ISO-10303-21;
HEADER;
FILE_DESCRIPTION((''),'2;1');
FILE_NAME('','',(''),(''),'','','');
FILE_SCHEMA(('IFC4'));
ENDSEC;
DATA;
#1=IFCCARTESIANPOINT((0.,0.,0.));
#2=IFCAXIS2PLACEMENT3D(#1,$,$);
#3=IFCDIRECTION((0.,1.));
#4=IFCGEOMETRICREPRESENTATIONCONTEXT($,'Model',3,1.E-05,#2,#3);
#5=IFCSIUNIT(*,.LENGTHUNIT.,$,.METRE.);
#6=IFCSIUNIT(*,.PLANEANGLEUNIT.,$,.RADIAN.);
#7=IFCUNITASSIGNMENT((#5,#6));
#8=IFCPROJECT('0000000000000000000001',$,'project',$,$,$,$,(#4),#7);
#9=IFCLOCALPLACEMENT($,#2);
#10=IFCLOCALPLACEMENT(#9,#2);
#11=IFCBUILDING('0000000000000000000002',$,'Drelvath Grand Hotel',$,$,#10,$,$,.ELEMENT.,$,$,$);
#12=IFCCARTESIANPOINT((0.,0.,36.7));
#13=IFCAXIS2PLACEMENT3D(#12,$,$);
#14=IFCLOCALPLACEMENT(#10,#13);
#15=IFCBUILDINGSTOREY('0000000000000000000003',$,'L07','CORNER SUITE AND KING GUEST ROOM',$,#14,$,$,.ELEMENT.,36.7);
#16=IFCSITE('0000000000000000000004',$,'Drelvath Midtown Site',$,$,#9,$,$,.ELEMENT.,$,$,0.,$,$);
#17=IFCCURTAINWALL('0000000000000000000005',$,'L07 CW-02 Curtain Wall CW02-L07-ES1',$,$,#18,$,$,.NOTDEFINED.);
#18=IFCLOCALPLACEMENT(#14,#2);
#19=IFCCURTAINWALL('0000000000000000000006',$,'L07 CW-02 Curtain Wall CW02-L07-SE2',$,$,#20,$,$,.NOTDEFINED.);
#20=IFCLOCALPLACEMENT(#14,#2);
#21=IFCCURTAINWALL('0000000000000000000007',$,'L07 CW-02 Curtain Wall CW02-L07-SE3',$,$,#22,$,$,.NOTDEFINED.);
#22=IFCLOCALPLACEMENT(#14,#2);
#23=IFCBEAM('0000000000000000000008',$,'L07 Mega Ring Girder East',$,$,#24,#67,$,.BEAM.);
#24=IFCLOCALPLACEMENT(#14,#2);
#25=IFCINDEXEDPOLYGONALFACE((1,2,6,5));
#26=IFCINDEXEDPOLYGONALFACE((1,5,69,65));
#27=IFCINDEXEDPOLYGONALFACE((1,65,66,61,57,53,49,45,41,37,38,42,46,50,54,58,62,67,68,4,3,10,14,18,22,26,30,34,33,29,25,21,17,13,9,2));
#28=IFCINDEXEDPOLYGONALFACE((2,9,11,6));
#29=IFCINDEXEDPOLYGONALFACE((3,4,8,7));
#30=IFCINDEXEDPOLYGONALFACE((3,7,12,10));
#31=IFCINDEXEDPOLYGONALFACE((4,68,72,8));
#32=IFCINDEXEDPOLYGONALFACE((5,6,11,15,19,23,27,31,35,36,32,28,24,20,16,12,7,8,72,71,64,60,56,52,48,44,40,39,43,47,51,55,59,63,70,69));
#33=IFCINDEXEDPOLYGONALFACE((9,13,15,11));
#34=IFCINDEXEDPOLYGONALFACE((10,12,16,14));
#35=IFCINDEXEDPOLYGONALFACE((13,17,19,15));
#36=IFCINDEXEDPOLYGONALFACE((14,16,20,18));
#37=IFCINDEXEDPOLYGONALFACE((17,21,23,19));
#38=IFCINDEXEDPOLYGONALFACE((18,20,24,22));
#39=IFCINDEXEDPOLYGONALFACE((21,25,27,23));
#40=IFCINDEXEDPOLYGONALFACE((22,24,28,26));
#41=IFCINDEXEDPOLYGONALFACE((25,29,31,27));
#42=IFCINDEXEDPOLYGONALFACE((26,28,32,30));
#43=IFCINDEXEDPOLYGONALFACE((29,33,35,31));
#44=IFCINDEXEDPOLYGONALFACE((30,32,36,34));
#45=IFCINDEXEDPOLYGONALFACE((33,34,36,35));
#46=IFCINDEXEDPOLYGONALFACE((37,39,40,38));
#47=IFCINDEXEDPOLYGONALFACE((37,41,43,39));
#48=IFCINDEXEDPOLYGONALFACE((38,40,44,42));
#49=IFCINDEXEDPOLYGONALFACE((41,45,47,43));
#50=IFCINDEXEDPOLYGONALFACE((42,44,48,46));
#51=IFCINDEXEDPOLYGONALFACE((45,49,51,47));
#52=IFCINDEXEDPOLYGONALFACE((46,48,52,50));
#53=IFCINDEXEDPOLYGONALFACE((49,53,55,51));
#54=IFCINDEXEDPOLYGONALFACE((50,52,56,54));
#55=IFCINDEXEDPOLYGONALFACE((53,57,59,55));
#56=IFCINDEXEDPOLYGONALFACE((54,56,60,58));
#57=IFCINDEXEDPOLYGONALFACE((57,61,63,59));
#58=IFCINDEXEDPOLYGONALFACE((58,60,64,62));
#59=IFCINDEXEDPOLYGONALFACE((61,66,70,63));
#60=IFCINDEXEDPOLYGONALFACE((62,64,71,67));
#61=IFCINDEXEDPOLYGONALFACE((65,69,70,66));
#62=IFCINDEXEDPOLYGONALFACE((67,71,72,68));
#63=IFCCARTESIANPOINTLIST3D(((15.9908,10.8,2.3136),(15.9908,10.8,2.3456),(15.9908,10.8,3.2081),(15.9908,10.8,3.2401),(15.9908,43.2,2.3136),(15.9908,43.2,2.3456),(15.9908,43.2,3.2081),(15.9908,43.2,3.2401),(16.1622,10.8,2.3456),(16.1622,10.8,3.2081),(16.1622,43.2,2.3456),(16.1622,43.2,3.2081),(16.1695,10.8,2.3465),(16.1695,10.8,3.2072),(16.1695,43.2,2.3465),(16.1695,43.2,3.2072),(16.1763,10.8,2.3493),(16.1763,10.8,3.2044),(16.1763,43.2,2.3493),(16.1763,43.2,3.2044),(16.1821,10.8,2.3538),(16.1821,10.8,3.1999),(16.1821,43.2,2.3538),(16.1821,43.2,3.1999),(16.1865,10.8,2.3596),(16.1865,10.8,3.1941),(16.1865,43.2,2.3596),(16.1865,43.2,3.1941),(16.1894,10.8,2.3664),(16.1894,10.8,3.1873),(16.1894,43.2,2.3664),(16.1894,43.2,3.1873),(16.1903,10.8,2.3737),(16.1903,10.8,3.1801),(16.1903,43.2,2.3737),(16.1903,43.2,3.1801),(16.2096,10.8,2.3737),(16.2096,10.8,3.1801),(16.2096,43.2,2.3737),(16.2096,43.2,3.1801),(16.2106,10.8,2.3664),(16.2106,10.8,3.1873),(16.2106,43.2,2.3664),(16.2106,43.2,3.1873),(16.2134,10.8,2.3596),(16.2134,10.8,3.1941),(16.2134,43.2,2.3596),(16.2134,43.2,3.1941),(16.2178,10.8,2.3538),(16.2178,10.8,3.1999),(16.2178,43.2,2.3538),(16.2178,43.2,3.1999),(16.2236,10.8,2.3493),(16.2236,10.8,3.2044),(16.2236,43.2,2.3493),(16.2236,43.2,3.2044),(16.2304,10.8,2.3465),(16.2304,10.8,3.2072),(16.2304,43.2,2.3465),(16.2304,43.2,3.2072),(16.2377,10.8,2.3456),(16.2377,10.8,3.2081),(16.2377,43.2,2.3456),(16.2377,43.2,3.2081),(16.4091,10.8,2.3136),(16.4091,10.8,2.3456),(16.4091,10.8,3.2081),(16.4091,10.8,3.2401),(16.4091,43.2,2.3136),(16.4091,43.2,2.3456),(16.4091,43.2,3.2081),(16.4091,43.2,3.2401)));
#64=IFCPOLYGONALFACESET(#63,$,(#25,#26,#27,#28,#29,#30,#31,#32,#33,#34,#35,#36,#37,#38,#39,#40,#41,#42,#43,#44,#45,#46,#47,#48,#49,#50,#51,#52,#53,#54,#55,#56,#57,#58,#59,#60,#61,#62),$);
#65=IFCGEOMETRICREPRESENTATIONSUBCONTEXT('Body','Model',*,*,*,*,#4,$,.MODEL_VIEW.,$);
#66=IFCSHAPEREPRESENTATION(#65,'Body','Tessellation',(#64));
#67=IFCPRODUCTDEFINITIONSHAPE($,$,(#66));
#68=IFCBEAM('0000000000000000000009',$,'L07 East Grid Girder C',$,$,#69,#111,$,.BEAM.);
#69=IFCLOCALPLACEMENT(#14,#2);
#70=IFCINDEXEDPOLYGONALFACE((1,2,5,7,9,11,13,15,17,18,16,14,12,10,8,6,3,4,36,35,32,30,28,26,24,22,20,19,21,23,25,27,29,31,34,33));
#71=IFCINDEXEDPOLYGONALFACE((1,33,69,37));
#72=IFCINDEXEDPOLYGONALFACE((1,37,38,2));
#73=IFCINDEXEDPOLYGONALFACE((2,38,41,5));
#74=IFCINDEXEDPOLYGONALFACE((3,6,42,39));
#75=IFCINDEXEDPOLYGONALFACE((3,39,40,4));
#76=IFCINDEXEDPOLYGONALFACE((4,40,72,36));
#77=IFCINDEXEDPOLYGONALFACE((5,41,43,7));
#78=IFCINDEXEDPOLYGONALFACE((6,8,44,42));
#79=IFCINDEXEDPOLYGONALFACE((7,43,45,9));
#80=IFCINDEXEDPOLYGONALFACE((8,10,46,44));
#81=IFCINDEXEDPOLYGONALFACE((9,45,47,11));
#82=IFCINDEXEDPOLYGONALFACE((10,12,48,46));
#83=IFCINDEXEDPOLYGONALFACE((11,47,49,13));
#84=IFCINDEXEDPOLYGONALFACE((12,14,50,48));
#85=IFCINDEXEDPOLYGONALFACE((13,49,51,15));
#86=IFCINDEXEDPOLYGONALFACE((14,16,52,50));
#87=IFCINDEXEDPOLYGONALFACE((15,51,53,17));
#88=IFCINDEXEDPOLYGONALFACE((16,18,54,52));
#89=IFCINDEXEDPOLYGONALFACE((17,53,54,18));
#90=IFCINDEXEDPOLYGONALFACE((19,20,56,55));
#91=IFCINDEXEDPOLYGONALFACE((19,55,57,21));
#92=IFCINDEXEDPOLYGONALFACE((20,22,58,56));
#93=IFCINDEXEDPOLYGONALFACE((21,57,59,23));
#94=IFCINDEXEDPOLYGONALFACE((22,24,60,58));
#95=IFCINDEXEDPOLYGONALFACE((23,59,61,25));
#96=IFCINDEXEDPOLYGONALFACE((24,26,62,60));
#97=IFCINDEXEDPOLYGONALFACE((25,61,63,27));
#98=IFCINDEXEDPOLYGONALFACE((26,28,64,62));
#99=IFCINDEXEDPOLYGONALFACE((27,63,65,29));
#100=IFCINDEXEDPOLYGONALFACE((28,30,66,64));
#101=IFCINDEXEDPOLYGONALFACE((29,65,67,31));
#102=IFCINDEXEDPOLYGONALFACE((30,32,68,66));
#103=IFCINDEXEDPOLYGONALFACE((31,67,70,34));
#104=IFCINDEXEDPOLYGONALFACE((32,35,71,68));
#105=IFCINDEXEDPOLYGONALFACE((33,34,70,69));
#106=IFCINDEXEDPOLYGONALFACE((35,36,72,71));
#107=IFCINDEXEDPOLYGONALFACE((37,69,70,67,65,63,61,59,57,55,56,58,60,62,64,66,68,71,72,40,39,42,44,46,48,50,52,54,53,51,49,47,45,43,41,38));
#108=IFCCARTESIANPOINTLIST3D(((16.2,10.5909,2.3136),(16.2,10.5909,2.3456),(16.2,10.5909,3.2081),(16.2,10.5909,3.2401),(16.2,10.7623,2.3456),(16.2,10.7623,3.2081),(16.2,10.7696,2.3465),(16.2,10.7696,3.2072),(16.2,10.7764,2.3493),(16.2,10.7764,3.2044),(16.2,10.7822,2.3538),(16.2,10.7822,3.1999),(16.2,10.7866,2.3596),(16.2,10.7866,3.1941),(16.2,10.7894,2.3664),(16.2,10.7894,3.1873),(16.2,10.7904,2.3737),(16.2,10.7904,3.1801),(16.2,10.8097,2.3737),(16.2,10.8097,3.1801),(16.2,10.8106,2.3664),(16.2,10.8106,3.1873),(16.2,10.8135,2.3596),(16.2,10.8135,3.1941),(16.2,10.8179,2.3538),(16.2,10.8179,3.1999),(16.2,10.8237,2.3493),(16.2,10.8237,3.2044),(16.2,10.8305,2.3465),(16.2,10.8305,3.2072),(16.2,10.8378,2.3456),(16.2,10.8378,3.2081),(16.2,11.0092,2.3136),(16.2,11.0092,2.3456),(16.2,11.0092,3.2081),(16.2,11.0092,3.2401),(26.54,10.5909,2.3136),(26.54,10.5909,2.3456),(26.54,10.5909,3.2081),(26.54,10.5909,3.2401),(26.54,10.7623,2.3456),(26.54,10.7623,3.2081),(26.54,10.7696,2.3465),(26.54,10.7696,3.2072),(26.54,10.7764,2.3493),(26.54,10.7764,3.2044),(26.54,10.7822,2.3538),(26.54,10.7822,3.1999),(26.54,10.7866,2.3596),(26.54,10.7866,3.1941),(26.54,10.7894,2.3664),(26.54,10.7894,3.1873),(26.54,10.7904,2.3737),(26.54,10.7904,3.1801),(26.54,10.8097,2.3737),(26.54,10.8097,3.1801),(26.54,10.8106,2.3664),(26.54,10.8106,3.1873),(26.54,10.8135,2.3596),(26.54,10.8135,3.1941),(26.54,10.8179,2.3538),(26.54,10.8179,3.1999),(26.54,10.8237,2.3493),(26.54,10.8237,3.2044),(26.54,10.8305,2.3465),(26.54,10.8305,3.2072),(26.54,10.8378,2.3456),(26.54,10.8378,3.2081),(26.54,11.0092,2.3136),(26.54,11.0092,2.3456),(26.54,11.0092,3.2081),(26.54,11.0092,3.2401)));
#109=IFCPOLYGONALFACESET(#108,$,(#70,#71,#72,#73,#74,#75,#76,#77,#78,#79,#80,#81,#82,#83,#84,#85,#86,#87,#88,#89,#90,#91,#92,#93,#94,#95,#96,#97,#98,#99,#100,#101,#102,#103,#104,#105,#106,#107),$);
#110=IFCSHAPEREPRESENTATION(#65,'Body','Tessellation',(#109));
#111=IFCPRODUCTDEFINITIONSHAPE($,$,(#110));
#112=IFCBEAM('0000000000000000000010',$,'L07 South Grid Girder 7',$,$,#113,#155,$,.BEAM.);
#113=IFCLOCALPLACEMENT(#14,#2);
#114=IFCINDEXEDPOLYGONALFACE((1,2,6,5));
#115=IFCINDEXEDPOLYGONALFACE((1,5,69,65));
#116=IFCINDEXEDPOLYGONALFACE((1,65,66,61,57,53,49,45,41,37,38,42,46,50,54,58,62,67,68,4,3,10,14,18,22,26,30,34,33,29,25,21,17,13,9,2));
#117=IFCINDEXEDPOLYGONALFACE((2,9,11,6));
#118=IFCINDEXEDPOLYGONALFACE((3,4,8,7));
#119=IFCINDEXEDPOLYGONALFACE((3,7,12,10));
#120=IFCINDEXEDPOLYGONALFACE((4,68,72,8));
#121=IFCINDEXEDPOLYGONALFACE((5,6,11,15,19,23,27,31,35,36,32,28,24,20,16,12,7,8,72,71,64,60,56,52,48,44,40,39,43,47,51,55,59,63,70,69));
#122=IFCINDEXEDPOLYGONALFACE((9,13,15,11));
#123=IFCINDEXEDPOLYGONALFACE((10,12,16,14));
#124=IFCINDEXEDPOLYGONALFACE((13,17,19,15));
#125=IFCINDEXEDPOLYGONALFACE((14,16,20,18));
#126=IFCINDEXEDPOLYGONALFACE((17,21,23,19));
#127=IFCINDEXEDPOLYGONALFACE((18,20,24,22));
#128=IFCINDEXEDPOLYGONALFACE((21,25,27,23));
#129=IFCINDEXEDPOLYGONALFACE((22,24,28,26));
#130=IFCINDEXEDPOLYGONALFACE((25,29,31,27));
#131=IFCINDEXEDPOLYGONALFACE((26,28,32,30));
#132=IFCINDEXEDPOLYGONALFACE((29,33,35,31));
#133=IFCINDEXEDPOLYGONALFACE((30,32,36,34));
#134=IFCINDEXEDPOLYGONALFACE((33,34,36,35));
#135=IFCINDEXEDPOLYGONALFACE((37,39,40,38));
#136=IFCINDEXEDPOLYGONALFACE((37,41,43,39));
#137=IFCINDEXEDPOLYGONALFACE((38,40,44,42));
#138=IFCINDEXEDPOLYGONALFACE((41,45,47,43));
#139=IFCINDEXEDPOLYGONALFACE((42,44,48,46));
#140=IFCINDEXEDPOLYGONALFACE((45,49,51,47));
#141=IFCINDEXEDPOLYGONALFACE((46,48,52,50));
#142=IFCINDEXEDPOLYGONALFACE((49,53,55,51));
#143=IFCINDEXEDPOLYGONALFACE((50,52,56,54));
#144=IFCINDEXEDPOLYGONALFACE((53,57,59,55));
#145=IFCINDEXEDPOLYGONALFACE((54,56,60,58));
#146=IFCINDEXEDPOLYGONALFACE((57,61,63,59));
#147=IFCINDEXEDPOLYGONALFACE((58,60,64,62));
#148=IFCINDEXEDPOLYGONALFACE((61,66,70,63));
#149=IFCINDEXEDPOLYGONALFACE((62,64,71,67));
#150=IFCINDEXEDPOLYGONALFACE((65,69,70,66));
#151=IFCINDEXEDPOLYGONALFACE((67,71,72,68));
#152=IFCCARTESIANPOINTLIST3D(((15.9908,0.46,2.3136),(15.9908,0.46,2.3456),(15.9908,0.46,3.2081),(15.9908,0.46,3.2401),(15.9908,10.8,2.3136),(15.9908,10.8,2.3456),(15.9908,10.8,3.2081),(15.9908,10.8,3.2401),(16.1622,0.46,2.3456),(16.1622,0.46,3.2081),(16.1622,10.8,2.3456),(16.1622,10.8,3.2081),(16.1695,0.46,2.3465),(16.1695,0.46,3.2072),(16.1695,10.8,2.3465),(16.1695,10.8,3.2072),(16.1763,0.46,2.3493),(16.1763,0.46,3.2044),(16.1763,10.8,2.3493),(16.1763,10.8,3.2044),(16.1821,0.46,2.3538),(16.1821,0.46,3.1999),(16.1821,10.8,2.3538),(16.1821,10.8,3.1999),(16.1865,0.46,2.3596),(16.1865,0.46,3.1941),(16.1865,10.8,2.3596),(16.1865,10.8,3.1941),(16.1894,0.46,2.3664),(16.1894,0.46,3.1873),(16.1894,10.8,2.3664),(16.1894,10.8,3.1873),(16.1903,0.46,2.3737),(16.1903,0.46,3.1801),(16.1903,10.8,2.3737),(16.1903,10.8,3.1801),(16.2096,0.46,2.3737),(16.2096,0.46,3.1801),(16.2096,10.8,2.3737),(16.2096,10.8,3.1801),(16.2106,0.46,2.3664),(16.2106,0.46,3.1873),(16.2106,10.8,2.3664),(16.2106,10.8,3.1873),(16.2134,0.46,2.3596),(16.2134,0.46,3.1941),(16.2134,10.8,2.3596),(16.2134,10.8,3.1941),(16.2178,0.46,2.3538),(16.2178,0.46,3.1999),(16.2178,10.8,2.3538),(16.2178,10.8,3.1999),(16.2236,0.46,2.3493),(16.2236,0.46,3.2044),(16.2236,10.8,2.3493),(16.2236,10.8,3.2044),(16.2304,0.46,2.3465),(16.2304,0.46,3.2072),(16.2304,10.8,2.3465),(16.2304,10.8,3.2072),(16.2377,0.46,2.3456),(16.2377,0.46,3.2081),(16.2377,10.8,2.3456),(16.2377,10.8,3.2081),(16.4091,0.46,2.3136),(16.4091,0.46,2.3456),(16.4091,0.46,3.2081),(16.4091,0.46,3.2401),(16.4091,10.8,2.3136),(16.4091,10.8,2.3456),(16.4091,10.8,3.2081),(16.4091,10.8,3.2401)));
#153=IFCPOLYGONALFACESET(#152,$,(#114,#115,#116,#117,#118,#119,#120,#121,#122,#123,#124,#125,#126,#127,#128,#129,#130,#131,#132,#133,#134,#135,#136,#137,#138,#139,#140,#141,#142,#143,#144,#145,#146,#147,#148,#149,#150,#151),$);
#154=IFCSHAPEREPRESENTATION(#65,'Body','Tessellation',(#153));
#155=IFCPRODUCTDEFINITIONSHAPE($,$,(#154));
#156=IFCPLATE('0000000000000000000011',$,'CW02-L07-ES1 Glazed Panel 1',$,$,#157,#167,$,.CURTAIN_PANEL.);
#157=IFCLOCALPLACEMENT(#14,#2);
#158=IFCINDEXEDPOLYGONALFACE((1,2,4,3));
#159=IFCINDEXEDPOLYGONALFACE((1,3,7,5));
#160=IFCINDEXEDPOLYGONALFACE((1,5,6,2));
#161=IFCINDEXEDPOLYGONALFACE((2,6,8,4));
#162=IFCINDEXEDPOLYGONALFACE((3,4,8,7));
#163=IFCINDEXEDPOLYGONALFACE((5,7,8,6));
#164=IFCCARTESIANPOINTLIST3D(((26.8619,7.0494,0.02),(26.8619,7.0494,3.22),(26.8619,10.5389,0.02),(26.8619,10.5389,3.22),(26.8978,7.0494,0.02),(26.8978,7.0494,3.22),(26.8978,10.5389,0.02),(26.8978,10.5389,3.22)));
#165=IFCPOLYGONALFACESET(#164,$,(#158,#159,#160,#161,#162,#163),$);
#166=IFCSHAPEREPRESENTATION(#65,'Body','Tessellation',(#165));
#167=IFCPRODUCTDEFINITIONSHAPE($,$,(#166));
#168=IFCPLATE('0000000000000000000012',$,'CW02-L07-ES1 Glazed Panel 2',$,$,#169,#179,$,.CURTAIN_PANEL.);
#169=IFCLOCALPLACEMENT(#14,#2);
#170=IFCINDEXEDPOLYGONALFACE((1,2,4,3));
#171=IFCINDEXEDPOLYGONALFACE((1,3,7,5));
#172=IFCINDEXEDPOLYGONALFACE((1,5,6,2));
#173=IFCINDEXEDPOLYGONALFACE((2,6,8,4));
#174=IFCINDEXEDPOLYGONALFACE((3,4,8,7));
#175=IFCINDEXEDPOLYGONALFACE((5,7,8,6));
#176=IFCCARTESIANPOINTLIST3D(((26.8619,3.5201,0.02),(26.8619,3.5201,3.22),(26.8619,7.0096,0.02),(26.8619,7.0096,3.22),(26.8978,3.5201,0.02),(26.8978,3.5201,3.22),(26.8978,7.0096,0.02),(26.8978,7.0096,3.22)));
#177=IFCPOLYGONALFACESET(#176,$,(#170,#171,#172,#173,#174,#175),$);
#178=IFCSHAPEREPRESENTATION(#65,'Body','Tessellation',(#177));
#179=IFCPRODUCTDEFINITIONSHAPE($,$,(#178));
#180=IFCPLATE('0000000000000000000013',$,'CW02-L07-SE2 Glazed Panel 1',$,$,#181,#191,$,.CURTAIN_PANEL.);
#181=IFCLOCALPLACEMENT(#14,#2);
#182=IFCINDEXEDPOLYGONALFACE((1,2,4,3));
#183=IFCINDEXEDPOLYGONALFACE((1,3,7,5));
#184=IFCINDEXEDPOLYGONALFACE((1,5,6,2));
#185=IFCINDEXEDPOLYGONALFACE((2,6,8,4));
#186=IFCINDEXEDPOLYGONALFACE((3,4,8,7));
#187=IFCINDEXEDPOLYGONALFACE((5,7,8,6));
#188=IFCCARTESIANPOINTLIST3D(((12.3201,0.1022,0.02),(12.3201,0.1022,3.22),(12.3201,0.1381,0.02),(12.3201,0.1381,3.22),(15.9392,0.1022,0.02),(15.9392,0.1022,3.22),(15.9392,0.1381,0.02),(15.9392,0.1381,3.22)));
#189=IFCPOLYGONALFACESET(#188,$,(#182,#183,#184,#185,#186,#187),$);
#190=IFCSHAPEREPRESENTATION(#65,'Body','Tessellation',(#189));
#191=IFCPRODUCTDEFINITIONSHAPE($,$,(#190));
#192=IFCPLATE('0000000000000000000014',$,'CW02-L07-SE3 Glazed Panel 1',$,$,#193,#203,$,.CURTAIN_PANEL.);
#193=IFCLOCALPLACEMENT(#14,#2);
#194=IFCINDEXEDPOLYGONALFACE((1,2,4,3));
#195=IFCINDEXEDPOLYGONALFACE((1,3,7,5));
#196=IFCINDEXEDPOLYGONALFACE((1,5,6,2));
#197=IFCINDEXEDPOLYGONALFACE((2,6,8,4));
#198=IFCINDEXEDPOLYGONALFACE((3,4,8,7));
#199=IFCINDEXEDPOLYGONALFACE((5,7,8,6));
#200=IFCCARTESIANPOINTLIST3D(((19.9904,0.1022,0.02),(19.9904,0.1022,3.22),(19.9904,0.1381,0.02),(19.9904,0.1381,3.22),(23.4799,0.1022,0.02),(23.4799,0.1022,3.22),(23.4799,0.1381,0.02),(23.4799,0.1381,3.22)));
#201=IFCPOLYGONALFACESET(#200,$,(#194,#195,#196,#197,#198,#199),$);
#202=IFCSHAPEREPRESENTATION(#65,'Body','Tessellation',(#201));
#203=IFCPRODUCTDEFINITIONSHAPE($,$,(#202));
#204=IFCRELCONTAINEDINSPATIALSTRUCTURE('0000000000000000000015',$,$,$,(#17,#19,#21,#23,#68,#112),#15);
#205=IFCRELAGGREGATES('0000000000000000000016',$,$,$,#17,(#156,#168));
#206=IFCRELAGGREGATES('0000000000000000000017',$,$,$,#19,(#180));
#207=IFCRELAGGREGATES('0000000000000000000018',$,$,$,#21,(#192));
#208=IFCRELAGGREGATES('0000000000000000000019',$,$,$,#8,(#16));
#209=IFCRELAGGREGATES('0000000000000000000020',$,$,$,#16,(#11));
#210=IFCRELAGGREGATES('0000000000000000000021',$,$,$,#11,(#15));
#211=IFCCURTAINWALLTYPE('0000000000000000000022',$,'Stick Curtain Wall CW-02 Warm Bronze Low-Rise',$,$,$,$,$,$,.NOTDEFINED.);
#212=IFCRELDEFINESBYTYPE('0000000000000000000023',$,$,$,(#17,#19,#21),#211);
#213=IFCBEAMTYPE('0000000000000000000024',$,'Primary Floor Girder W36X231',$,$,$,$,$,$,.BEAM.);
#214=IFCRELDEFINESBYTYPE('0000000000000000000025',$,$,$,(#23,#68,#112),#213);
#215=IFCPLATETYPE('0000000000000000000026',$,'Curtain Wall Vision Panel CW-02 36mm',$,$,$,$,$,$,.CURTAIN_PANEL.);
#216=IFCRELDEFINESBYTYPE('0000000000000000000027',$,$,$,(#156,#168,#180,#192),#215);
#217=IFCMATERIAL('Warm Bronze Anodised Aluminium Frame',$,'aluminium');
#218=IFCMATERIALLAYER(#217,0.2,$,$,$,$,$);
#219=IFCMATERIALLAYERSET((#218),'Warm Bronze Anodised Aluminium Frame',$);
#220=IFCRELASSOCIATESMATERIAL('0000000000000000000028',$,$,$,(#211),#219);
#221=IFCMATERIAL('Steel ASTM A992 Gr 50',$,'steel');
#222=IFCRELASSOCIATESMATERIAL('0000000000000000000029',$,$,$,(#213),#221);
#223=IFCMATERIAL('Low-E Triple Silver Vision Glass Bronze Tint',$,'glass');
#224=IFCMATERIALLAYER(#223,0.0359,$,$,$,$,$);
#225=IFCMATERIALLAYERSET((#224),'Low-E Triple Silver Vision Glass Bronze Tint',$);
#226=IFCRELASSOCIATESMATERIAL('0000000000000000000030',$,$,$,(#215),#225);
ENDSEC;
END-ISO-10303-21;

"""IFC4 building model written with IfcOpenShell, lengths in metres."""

from ifc_helpers import new_model, si_unit, direction, frame, origin, origin_2d, place, context, subcontext, project, spatial, rectangle, i_section, extrude, material, layer, layer_set, material_profile, profile_set, type_object, element, aggregate, save


model = new_model("IFC4")

# Units and contexts
model_context = context("Model", 3, precision=1e-05, world=origin(), true_north=direction((0.0, 1.0)))
body_context = subcontext(model_context, "Body", "Model", "MODEL_VIEW")
ifc_project = project(units=[si_unit("LENGTHUNIT", "METRE"), si_unit("PLANEANGLEUNIT", "RADIAN")], contexts=[model_context])

# Site, building, storey
site_placement = place(None, origin())
site = spatial("IfcSite", under=ifc_project, at=site_placement, Name="Drelvath Midtown Site", CompositionType="ELEMENT", RefElevation=0.0)
building_placement = place(site_placement, origin())
building = spatial("IfcBuilding", under=site, at=building_placement, Name="Drelvath Grand Hotel", CompositionType="ELEMENT")
storey_placement = place(building_placement, frame((0.0, 0.0, 36.7)))
storey = spatial("IfcBuildingStorey", under=building, at=storey_placement, Name="L07", Description="CORNER SUITE AND KING GUEST ROOM", CompositionType="ELEMENT", Elevation=36.7)

# Shared definitions
ifc_material_1 = material(Name="Steel ASTM A992 Gr 50", Category="steel")

# Curtain walls
ifc_material_2 = material(Name="Warm Bronze Anodised Aluminium Frame", Category="aluminium")
ifc_layer_1 = layer(ifc_material_2, 0.2)
ifc_layer_set_1 = layer_set([ifc_layer_1], Name="Warm Bronze Anodised Aluminium Frame")
curtain_wall_type = type_object("IfcCurtainWallType", Name="Stick Curtain Wall CW-02 Warm Bronze Low-Rise", PredefinedType="NOTDEFINED", material=ifc_layer_set_1)
curtain_wall_1_placement = place(storey_placement, origin())
curtain_wall_1 = element("IfcCurtainWall", 1, at=curtain_wall_1_placement, inside=storey, type_object=curtain_wall_type, Name="L07 CW-02 Curtain Wall CW02-L07-ES1", PredefinedType="NOTDEFINED")
curtain_wall_2_placement = place(storey_placement, origin())
curtain_wall_2 = element("IfcCurtainWall", 2, at=curtain_wall_2_placement, inside=storey, type_object=curtain_wall_type, Name="L07 CW-02 Curtain Wall CW02-L07-SE2", PredefinedType="NOTDEFINED")
curtain_wall_3_placement = place(storey_placement, origin())
curtain_wall_3 = element("IfcCurtainWall", 3, at=curtain_wall_3_placement, inside=storey, type_object=curtain_wall_type, Name="L07 CW-02 Curtain Wall CW02-L07-SE3", PredefinedType="NOTDEFINED")

# Beams
ifc_material_profile_1 = material_profile(ifc_material_1, i_section(OverallWidth=0.4182, OverallDepth=0.9265, WebThickness=0.0193, FlangeThickness=0.032, FilletRadius=0.0281, at=origin_2d()), Name="W36X231")
ifc_profile_set_1 = profile_set([ifc_material_profile_1], Name="Steel ASTM A992 Gr 50")
beam_type_1 = type_object("IfcBeamType", Name="Primary Floor Girder W36X231", PredefinedType="BEAM", material=ifc_profile_set_1)
beam_1_placement = place(storey_placement, frame((16.2, 10.8, 2.7769), z_axis=(0.0, 1.0, 0.0), x_axis=(-1.0, 0.0, 0.0)))
element("IfcBeam", 4, at=beam_1_placement, inside=storey, type_object=beam_type_1, Name="L07 Mega Ring Girder East", PredefinedType="BEAM", context=body_context, shape_type="SweptSolid", body=[
    extrude(i_section(OverallWidth=0.4182, OverallDepth=0.9265, WebThickness=0.0193, FlangeThickness=0.032, FilletRadius=0.0281, at=origin_2d()), origin(), (0.0, 0.0, 1.0), 32.3999),
])
for number, where, z_axis, x_axis, name in (
    (5, (16.2, 10.8, 2.7769), (1.0, 0.0, 0.0), (0.0, 1.0, 0.0), "L07 East Grid Girder C"),
    (6, (16.2, 0.46, 2.7769), (0.0, 1.0, 0.0), (-1.0, 0.0, 0.0), "L07 South Grid Girder 7"),
):
    element("IfcBeam", number, at=place(storey_placement, frame(where, z_axis=z_axis, x_axis=x_axis)), inside=storey, type_object=beam_type_1, Name=name, PredefinedType="BEAM", context=body_context, shape_type="SweptSolid", body=[
        extrude(i_section(OverallWidth=0.4182, OverallDepth=0.9265, WebThickness=0.0193, FlangeThickness=0.032, FilletRadius=0.0281, at=origin_2d()), origin(), (0.0, 0.0, 1.0), 10.3401),
    ])

# Plates
ifc_material_3 = material(Name="Low-E Triple Silver Vision Glass Bronze Tint", Category="glass")
ifc_layer_2 = layer(ifc_material_3, 0.0359)
ifc_layer_set_2 = layer_set([ifc_layer_2], Name="Low-E Triple Silver Vision Glass Bronze Tint")
plate_type = type_object("IfcPlateType", Name="Curtain Wall Vision Panel CW-02 36mm", PredefinedType="CURTAIN_PANEL", material=ifc_layer_set_2)
plate_1_placement = place(storey_placement, frame((26.8799, 8.7942, 0.02), z_axis=(0.0, 0.0, 1.0), x_axis=(0.0, -1.0, 0.0)))
plate_1 = element("IfcPlate", 7, at=plate_1_placement, type_object=plate_type, Name="CW02-L07-ES1 Glazed Panel 1", PredefinedType="CURTAIN_PANEL", context=body_context, shape_type="SweptSolid", body=[
    extrude(rectangle(XDim=3.4895, YDim=0.0359, at=origin_2d()), origin(), (0.0, 0.0, 1.0), 3.2),
])
plate_2_placement = place(storey_placement, frame((26.8799, 5.2649, 0.02), z_axis=(0.0, 0.0, 1.0), x_axis=(0.0, -1.0, 0.0)))
plate_2 = element("IfcPlate", 8, at=plate_2_placement, type_object=plate_type, Name="CW02-L07-ES1 Glazed Panel 2", PredefinedType="CURTAIN_PANEL", context=body_context, shape_type="SweptSolid", body=[
    extrude(rectangle(XDim=3.4895, YDim=0.0359, at=origin_2d()), origin(), (0.0, 0.0, 1.0), 3.2),
])
aggregate(curtain_wall_1, [plate_1, plate_2])
plate_3_placement = place(storey_placement, frame((14.1296, 0.1201, 0.02), z_axis=(0.0, 0.0, 1.0), x_axis=(-1.0, 0.0, 0.0)))
plate_3 = element("IfcPlate", 9, at=plate_3_placement, type_object=plate_type, Name="CW02-L07-SE2 Glazed Panel 1", PredefinedType="CURTAIN_PANEL", context=body_context, shape_type="SweptSolid", body=[
    extrude(rectangle(XDim=3.6191, YDim=0.0359, at=origin_2d()), origin(), (0.0, 0.0, 1.0), 3.2),
])
aggregate(curtain_wall_2, [plate_3])
plate_4_placement = place(storey_placement, frame((21.7351, 0.1201, 0.02), z_axis=(0.0, 0.0, 1.0), x_axis=(-1.0, 0.0, 0.0)))
plate_4 = element("IfcPlate", 10, at=plate_4_placement, type_object=plate_type, Name="CW02-L07-SE3 Glazed Panel 1", PredefinedType="CURTAIN_PANEL", context=body_context, shape_type="SweptSolid", body=[
    extrude(rectangle(XDim=3.4895, YDim=0.0359, at=origin_2d()), origin(), (0.0, 0.0, 1.0), 3.2),
])
aggregate(curtain_wall_3, [plate_4])

save(model, "model.ifc")
